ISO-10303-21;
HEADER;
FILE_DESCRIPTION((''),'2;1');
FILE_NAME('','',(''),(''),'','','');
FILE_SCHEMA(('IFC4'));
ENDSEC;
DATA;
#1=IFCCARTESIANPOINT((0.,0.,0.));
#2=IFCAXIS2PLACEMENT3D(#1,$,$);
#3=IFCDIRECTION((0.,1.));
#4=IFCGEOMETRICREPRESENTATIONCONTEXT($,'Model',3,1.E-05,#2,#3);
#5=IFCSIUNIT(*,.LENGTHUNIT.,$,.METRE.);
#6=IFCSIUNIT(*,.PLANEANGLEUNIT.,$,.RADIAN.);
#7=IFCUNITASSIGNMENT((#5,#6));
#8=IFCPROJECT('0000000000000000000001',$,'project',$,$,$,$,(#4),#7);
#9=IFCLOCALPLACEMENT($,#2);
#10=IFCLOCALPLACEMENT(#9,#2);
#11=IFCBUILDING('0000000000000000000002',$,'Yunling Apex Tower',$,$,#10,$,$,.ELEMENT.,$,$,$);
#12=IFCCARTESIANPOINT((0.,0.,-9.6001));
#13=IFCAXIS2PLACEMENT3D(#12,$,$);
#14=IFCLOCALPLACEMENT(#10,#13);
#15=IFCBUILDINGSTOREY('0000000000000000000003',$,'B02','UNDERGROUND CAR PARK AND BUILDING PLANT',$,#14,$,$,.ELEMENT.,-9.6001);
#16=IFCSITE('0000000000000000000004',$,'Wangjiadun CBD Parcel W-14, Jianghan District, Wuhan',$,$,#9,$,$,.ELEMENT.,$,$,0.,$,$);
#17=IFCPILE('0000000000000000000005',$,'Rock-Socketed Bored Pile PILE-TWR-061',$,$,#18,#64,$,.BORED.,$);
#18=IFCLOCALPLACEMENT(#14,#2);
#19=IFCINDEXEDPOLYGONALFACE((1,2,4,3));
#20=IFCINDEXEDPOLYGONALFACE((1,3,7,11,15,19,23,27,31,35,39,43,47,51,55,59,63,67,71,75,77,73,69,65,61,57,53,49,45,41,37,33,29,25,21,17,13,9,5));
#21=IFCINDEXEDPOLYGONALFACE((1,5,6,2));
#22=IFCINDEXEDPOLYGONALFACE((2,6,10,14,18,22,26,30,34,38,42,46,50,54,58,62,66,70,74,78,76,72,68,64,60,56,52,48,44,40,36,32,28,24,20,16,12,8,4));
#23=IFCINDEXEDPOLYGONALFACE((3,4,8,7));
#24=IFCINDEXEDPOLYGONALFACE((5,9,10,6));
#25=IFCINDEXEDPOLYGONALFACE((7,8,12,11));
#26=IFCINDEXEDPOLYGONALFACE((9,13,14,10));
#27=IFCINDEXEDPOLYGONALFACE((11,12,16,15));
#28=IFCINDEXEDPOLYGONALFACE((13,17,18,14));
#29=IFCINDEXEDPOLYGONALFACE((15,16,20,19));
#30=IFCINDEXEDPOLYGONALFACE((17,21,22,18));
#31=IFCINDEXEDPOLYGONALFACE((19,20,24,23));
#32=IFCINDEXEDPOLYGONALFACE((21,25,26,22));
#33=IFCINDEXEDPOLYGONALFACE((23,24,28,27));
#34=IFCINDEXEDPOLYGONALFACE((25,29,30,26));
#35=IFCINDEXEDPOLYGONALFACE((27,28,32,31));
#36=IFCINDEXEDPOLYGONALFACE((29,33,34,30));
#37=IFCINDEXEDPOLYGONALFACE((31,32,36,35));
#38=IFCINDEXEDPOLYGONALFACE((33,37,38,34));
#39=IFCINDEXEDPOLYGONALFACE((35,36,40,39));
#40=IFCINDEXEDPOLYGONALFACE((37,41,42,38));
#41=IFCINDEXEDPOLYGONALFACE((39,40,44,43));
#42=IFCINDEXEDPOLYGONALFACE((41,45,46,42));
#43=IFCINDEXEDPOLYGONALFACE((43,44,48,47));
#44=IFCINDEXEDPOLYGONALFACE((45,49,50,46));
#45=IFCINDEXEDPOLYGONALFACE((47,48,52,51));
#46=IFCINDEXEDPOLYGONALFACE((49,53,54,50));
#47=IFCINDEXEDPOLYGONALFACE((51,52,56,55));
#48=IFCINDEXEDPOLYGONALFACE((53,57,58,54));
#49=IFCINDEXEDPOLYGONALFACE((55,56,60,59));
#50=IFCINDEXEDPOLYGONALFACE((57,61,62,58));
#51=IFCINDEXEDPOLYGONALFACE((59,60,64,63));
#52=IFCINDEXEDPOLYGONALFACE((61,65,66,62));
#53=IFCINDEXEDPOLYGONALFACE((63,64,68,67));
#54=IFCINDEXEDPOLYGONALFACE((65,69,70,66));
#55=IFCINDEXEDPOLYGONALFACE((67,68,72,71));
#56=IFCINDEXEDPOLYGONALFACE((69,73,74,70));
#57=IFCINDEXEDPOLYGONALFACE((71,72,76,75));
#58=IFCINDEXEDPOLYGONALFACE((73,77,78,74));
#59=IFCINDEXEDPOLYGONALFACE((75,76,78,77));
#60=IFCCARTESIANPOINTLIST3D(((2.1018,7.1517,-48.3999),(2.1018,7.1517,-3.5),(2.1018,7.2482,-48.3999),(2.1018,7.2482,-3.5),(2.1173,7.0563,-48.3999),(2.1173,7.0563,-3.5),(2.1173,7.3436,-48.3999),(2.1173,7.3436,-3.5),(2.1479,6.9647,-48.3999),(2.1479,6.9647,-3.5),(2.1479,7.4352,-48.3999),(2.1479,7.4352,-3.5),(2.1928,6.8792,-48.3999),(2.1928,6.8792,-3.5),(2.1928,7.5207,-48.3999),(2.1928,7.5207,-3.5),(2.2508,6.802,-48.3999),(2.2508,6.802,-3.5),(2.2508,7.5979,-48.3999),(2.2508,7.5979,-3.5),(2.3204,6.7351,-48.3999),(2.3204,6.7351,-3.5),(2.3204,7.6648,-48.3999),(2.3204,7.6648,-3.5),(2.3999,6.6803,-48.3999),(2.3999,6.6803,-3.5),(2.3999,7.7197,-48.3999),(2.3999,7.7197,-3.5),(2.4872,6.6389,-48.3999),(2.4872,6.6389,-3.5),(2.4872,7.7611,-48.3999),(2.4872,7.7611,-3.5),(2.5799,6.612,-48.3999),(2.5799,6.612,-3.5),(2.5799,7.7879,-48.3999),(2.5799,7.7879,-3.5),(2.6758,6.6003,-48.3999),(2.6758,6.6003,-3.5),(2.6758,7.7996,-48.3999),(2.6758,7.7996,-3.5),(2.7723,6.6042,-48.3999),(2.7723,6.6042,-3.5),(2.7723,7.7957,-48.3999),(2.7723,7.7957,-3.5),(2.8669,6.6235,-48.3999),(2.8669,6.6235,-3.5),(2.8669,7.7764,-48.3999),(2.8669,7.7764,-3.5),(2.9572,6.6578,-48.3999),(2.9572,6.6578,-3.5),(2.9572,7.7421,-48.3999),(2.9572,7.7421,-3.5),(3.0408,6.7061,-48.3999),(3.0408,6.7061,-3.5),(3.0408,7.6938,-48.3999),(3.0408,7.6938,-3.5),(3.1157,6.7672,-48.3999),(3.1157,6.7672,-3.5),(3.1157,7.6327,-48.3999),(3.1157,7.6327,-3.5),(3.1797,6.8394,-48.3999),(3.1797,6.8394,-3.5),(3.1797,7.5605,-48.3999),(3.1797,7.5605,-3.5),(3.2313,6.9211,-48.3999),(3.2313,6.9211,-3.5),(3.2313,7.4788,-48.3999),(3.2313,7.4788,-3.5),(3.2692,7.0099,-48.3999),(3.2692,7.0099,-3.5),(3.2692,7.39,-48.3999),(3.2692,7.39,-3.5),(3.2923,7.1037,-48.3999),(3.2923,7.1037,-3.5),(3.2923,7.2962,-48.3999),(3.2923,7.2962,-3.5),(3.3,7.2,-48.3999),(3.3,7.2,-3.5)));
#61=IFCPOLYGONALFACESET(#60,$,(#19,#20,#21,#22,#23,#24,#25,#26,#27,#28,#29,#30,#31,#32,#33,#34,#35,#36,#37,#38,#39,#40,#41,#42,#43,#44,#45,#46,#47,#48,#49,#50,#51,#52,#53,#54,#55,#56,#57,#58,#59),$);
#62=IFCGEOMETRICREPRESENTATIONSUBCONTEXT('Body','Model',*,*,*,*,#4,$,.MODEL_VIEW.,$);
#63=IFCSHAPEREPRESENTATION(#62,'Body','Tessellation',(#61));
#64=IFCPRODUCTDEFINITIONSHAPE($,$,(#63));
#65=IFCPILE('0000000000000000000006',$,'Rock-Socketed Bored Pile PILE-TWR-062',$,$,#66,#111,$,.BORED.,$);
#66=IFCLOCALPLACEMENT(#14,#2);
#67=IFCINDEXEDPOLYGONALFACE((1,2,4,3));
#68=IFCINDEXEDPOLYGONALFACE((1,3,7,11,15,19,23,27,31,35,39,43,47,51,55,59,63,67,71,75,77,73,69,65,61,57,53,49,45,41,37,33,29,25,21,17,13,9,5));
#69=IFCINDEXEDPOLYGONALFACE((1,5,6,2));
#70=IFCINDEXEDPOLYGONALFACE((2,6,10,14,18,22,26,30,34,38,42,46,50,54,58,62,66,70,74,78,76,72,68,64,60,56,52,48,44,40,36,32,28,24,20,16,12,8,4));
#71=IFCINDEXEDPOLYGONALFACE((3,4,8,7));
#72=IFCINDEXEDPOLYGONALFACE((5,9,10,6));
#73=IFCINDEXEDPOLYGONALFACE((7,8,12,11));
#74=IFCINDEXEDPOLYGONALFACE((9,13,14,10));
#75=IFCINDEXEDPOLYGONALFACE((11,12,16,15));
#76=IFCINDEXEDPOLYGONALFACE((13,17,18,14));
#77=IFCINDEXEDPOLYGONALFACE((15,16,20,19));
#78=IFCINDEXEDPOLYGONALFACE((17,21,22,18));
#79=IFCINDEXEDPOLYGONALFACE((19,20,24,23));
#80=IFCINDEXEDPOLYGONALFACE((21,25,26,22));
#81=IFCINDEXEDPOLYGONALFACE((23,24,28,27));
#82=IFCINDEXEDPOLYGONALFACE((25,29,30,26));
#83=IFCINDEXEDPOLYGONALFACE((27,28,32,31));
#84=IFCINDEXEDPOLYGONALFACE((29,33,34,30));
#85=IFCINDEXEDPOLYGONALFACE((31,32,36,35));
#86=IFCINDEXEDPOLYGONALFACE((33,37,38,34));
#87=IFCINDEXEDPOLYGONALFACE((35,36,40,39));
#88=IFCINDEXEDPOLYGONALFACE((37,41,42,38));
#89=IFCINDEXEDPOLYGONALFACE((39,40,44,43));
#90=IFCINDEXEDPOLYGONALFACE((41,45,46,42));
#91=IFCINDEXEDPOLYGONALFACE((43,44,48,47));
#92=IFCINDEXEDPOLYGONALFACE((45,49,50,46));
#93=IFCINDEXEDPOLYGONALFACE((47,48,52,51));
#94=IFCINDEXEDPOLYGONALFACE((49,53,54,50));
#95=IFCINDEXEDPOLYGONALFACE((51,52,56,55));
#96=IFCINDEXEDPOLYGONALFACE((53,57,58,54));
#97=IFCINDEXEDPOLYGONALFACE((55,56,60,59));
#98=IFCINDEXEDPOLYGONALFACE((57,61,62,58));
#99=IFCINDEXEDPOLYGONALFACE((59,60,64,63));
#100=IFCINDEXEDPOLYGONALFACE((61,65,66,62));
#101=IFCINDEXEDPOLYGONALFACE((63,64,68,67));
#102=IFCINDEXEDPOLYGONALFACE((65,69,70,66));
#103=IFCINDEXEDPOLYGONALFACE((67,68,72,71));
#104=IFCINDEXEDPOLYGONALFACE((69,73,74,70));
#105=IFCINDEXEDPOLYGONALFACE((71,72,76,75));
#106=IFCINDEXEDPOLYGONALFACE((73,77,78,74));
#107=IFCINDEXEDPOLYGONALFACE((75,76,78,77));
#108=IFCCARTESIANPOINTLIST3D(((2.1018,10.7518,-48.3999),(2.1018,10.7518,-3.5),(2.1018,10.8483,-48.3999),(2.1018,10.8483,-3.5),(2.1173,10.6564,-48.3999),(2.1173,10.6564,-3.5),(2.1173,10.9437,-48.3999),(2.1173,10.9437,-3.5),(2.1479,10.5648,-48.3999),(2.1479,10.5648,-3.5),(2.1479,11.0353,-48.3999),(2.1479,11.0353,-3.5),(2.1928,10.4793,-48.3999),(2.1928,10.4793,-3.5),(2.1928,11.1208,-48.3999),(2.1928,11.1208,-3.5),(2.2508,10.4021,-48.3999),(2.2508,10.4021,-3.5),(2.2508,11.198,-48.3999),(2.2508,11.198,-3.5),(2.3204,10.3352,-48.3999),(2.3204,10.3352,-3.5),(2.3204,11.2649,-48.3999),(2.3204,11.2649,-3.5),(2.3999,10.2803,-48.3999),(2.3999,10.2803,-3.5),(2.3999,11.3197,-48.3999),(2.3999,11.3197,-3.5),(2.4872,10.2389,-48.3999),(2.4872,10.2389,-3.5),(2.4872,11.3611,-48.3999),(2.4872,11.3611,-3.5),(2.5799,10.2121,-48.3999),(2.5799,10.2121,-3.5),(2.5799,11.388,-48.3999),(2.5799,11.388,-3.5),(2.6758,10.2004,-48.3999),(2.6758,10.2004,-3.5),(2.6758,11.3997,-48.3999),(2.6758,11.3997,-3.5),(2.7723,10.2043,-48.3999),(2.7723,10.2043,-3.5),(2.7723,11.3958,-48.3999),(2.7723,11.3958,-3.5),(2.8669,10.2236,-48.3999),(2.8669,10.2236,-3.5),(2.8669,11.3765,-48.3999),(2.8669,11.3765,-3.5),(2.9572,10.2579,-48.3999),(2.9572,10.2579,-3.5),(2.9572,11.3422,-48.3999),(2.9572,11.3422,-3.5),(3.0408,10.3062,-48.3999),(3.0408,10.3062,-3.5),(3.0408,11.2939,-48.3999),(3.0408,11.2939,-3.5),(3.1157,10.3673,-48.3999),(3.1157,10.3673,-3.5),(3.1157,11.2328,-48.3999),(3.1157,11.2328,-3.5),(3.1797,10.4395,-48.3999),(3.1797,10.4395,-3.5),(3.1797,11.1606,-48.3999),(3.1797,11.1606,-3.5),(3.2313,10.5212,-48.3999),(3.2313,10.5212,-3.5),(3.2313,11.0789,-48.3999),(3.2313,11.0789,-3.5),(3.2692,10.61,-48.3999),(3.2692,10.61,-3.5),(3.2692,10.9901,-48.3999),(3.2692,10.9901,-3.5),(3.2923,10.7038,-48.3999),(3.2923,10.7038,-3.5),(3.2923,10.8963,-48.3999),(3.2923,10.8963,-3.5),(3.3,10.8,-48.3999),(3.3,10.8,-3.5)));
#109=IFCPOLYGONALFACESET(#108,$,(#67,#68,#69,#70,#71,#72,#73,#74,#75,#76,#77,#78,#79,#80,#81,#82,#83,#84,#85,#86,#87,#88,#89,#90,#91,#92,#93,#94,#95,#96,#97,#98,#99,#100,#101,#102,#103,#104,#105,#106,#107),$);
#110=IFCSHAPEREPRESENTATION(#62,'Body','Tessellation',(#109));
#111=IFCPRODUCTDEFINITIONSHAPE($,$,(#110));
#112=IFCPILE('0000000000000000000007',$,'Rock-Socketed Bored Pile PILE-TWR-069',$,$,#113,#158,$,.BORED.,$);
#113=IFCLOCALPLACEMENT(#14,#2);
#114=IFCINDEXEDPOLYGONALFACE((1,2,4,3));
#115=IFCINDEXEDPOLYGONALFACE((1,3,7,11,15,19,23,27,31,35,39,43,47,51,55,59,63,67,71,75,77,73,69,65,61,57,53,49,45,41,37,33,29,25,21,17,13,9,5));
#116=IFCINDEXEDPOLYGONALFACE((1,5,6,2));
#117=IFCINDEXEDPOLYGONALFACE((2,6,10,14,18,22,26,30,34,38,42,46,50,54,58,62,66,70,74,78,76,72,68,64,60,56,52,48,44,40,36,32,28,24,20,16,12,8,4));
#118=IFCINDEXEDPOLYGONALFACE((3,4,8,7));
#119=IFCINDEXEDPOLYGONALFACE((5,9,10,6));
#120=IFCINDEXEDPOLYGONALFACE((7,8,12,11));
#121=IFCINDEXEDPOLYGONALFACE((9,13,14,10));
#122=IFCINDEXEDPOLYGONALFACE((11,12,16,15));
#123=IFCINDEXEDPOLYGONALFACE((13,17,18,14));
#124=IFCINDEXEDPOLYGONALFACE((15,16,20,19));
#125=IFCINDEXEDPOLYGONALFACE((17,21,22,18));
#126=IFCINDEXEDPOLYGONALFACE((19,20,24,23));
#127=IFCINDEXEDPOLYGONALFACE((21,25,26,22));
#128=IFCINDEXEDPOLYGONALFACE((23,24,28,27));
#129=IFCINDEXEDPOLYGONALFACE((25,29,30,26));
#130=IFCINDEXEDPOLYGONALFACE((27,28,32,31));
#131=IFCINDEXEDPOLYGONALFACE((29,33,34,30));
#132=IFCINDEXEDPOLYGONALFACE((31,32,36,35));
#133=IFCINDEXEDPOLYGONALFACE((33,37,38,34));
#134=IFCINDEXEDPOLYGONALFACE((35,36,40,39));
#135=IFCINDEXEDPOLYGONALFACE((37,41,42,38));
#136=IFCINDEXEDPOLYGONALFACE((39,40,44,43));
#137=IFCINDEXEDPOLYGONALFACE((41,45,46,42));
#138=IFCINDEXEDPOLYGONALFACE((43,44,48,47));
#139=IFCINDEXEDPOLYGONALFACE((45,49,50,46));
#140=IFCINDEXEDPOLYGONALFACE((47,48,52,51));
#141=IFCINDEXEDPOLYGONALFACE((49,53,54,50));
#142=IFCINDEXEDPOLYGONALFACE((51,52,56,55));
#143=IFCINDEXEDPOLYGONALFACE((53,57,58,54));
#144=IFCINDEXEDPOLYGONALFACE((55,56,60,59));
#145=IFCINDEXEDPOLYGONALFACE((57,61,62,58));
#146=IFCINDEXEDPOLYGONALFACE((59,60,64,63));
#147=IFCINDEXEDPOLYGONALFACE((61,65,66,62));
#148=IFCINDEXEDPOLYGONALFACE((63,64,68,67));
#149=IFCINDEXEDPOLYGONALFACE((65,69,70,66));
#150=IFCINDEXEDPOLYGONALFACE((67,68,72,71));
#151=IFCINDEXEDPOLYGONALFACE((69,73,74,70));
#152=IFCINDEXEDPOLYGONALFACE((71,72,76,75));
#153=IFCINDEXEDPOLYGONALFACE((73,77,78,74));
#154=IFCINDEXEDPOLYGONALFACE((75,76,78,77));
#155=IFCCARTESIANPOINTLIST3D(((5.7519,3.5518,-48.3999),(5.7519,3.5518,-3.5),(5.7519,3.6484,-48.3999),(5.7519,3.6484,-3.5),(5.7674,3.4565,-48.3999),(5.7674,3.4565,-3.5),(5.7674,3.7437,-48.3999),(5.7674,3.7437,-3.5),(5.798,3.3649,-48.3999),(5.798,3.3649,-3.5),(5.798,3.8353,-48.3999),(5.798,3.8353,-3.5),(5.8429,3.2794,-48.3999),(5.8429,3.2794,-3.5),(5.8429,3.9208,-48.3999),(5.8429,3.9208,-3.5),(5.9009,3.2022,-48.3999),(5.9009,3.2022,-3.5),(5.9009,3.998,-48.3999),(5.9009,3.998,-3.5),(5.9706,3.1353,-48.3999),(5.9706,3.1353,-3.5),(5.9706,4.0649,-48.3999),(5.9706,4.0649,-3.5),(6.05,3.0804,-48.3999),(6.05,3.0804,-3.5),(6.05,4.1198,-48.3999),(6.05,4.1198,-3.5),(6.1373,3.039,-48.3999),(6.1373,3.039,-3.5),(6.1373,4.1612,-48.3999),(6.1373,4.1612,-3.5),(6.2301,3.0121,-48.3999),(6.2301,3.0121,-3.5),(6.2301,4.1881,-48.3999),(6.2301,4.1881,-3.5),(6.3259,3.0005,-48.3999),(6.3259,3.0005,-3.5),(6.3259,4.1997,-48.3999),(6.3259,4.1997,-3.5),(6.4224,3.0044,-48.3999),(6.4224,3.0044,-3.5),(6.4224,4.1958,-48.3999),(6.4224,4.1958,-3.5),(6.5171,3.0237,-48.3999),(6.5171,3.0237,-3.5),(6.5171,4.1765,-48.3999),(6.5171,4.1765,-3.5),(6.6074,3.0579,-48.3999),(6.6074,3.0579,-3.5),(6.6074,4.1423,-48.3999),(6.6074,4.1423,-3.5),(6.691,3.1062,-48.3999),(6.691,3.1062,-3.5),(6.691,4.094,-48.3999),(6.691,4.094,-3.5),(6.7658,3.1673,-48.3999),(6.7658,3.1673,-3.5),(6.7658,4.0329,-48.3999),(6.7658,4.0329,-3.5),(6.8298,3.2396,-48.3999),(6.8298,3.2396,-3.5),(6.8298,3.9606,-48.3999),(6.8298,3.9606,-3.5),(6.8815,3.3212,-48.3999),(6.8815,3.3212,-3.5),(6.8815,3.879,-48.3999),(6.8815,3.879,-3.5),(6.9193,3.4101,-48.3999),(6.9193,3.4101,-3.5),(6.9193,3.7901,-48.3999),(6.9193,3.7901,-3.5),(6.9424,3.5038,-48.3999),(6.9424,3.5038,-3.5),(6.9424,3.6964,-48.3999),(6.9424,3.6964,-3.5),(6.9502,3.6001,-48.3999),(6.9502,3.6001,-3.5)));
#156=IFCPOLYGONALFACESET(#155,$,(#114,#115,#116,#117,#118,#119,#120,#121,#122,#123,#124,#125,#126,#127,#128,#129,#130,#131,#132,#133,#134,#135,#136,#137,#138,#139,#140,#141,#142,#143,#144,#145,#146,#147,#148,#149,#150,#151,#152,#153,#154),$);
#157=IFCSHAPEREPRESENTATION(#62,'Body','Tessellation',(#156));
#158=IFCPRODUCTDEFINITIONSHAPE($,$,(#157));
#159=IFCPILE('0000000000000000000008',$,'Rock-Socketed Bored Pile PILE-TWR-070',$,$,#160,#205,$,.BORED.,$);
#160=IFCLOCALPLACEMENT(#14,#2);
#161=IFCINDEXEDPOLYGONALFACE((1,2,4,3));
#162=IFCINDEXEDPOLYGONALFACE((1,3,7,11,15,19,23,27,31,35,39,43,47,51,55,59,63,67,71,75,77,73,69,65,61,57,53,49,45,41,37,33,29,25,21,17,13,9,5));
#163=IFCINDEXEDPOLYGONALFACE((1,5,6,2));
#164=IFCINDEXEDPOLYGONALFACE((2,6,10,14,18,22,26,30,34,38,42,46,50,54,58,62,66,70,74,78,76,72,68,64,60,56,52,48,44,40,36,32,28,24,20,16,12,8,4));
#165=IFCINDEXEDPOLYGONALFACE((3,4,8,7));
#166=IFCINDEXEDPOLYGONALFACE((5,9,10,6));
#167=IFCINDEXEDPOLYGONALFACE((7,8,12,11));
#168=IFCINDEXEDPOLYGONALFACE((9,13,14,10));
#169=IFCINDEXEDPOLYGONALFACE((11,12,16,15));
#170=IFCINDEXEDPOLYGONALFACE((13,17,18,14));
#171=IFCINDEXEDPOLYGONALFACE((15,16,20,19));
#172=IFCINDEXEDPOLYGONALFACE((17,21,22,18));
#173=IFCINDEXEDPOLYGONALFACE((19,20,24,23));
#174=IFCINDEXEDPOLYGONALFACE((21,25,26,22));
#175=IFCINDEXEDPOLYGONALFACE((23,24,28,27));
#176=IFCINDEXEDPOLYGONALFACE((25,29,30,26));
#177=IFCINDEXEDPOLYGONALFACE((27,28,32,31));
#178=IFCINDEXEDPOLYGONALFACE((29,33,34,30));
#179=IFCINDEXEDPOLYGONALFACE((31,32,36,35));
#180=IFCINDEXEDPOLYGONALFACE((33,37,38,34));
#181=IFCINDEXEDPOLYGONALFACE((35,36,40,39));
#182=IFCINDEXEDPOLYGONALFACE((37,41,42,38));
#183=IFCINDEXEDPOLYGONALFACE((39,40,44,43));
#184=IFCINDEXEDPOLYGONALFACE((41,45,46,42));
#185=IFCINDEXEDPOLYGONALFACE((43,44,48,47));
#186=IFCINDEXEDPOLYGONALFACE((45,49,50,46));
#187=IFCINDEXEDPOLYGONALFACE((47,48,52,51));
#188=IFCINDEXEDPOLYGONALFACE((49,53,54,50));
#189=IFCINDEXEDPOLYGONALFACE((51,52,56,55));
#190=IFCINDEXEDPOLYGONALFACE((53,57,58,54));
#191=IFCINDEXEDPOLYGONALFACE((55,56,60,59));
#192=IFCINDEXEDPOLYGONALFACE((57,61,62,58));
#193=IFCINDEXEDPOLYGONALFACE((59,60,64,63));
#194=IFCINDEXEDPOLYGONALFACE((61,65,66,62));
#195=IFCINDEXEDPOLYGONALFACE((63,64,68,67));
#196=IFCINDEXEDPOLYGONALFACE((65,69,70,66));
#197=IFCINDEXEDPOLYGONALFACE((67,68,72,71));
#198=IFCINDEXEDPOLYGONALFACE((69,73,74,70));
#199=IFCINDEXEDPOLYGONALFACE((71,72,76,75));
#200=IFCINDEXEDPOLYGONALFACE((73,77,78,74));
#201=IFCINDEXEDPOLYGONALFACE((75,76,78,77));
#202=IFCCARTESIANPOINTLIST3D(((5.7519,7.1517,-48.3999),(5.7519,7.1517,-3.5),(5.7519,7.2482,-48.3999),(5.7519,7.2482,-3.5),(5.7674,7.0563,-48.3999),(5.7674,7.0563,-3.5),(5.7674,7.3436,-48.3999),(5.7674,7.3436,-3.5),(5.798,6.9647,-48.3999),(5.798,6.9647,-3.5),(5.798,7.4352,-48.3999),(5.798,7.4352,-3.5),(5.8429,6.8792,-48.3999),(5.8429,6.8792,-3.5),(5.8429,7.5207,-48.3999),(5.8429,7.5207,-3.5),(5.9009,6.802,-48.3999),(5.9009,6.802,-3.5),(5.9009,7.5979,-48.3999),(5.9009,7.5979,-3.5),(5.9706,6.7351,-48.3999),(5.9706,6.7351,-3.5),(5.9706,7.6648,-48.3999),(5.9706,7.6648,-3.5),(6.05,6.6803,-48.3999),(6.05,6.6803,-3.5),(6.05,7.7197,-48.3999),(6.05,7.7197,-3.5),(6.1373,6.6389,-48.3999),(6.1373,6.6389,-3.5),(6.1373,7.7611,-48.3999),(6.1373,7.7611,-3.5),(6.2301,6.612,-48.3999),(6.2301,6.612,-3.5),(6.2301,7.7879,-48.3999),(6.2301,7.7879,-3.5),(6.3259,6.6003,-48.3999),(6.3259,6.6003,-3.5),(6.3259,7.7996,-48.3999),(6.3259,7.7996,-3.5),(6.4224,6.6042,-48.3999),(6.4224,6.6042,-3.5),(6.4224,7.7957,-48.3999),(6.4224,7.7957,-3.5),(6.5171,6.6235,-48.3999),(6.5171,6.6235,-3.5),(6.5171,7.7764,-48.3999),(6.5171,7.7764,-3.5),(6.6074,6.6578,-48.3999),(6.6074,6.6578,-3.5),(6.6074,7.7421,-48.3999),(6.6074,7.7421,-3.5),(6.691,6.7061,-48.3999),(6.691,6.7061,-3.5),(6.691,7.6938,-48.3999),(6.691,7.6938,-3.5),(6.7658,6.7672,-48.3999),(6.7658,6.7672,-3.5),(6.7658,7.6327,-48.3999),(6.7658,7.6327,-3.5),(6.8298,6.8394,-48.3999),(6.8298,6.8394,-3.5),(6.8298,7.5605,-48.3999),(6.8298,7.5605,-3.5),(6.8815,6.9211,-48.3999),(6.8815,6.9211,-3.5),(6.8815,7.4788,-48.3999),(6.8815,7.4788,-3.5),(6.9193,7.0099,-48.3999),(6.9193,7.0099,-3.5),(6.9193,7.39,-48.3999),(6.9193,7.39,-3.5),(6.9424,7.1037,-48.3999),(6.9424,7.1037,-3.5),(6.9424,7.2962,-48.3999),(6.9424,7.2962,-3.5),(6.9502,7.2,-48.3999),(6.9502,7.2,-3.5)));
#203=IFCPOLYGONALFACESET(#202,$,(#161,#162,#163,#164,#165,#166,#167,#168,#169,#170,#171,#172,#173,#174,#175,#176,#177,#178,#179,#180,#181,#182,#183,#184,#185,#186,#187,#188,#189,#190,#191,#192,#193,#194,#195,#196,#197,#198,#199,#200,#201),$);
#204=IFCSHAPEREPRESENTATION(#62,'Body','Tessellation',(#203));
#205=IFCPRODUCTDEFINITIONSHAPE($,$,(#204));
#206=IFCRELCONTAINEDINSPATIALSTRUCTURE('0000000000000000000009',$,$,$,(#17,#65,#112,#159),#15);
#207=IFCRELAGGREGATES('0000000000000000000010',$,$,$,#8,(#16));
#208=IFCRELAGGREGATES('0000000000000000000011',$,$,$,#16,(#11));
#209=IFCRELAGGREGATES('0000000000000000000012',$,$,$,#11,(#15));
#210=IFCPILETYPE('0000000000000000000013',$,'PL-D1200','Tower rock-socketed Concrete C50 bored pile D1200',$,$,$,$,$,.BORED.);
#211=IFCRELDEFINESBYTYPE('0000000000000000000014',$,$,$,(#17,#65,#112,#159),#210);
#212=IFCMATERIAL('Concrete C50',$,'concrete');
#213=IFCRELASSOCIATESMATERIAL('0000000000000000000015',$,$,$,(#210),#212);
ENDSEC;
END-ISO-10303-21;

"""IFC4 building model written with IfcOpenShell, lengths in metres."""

from ifc_helpers import new_model, si_unit, direction, frame, origin, origin_2d, place, context, subcontext, project, spatial, circle, extrude, source, transform, mapped, material, material_profile, profile_set, type_object, element, save


model = new_model("IFC4")

# Units and contexts
model_context = context("Model", 3, precision=1e-05, world=origin(), true_north=direction((0.0, 1.0)))
body_context = subcontext(model_context, "Body", "Model", "MODEL_VIEW")
ifc_project = project(units=[si_unit("LENGTHUNIT", "METRE"), si_unit("PLANEANGLEUNIT", "RADIAN")], contexts=[model_context])

# Site, building, storey
site_placement = place(None, origin())
site = spatial("IfcSite", under=ifc_project, at=site_placement, Name="Wangjiadun CBD Parcel W-14, Jianghan District, Wuhan", CompositionType="ELEMENT", RefElevation=0.0)
building_placement = place(site_placement, origin())
building = spatial("IfcBuilding", under=site, at=building_placement, Name="Yunling Apex Tower", CompositionType="ELEMENT")
storey_placement = place(building_placement, frame((0.0, 0.0, -9.6001)))
storey = spatial("IfcBuildingStorey", under=building, at=storey_placement, Name="B02", Description="UNDERGROUND CAR PARK AND BUILDING PLANT", CompositionType="ELEMENT", Elevation=-9.6001)

# Piles
ifc_material_1 = material(Name="Concrete C50", Category="concrete")
ifc_material_profile_1 = material_profile(ifc_material_1, circle(Radius=0.6001, at=origin_2d()))
ifc_profile_set_1 = profile_set([ifc_material_profile_1], Name="Concrete C50")
pile_type = type_object("IfcPileType", Name="PL-D1200", Description="Tower rock-socketed Concrete C50 bored pile D1200", PredefinedType="BORED", material=ifc_profile_set_1)
shared_shape_1 = source(origin(), body_context, "Body", "SweptSolid", [
    extrude(circle(Radius=0.6001, at=origin_2d()), origin(), (0.0, 0.0, 1.0), 44.8999),
])
for number, where, z_axis, x_axis, name in (
    (1, (2.7, 7.2, -3.5), (0.0, 0.0, -1.0), (1.0, 0.0, 0.0), "Rock-Socketed Bored Pile PILE-TWR-061"),
    (2, (2.7, 10.8, -3.5), (0.0, 0.0, -1.0), (1.0, 0.0, 0.0), "Rock-Socketed Bored Pile PILE-TWR-062"),
    (3, (6.3501, 3.6001, -3.5), (0.0, 0.0, -1.0), (1.0, 0.0, 0.0), "Rock-Socketed Bored Pile PILE-TWR-069"),
    (4, (6.3501, 7.2, -3.5), (0.0, 0.0, -1.0), (1.0, 0.0, 0.0), "Rock-Socketed Bored Pile PILE-TWR-070"),
):
    element("IfcPile", number, at=place(storey_placement, frame(where, z_axis=z_axis, x_axis=x_axis)), inside=storey, type_object=pile_type, Name=name, PredefinedType="BORED", context=body_context, shape_type="MappedRepresentation", body=[
        mapped(shared_shape_1, transform((0.0, 0.0, 0.0), scale=1.0)),
    ])

save(model, "model.ifc")
